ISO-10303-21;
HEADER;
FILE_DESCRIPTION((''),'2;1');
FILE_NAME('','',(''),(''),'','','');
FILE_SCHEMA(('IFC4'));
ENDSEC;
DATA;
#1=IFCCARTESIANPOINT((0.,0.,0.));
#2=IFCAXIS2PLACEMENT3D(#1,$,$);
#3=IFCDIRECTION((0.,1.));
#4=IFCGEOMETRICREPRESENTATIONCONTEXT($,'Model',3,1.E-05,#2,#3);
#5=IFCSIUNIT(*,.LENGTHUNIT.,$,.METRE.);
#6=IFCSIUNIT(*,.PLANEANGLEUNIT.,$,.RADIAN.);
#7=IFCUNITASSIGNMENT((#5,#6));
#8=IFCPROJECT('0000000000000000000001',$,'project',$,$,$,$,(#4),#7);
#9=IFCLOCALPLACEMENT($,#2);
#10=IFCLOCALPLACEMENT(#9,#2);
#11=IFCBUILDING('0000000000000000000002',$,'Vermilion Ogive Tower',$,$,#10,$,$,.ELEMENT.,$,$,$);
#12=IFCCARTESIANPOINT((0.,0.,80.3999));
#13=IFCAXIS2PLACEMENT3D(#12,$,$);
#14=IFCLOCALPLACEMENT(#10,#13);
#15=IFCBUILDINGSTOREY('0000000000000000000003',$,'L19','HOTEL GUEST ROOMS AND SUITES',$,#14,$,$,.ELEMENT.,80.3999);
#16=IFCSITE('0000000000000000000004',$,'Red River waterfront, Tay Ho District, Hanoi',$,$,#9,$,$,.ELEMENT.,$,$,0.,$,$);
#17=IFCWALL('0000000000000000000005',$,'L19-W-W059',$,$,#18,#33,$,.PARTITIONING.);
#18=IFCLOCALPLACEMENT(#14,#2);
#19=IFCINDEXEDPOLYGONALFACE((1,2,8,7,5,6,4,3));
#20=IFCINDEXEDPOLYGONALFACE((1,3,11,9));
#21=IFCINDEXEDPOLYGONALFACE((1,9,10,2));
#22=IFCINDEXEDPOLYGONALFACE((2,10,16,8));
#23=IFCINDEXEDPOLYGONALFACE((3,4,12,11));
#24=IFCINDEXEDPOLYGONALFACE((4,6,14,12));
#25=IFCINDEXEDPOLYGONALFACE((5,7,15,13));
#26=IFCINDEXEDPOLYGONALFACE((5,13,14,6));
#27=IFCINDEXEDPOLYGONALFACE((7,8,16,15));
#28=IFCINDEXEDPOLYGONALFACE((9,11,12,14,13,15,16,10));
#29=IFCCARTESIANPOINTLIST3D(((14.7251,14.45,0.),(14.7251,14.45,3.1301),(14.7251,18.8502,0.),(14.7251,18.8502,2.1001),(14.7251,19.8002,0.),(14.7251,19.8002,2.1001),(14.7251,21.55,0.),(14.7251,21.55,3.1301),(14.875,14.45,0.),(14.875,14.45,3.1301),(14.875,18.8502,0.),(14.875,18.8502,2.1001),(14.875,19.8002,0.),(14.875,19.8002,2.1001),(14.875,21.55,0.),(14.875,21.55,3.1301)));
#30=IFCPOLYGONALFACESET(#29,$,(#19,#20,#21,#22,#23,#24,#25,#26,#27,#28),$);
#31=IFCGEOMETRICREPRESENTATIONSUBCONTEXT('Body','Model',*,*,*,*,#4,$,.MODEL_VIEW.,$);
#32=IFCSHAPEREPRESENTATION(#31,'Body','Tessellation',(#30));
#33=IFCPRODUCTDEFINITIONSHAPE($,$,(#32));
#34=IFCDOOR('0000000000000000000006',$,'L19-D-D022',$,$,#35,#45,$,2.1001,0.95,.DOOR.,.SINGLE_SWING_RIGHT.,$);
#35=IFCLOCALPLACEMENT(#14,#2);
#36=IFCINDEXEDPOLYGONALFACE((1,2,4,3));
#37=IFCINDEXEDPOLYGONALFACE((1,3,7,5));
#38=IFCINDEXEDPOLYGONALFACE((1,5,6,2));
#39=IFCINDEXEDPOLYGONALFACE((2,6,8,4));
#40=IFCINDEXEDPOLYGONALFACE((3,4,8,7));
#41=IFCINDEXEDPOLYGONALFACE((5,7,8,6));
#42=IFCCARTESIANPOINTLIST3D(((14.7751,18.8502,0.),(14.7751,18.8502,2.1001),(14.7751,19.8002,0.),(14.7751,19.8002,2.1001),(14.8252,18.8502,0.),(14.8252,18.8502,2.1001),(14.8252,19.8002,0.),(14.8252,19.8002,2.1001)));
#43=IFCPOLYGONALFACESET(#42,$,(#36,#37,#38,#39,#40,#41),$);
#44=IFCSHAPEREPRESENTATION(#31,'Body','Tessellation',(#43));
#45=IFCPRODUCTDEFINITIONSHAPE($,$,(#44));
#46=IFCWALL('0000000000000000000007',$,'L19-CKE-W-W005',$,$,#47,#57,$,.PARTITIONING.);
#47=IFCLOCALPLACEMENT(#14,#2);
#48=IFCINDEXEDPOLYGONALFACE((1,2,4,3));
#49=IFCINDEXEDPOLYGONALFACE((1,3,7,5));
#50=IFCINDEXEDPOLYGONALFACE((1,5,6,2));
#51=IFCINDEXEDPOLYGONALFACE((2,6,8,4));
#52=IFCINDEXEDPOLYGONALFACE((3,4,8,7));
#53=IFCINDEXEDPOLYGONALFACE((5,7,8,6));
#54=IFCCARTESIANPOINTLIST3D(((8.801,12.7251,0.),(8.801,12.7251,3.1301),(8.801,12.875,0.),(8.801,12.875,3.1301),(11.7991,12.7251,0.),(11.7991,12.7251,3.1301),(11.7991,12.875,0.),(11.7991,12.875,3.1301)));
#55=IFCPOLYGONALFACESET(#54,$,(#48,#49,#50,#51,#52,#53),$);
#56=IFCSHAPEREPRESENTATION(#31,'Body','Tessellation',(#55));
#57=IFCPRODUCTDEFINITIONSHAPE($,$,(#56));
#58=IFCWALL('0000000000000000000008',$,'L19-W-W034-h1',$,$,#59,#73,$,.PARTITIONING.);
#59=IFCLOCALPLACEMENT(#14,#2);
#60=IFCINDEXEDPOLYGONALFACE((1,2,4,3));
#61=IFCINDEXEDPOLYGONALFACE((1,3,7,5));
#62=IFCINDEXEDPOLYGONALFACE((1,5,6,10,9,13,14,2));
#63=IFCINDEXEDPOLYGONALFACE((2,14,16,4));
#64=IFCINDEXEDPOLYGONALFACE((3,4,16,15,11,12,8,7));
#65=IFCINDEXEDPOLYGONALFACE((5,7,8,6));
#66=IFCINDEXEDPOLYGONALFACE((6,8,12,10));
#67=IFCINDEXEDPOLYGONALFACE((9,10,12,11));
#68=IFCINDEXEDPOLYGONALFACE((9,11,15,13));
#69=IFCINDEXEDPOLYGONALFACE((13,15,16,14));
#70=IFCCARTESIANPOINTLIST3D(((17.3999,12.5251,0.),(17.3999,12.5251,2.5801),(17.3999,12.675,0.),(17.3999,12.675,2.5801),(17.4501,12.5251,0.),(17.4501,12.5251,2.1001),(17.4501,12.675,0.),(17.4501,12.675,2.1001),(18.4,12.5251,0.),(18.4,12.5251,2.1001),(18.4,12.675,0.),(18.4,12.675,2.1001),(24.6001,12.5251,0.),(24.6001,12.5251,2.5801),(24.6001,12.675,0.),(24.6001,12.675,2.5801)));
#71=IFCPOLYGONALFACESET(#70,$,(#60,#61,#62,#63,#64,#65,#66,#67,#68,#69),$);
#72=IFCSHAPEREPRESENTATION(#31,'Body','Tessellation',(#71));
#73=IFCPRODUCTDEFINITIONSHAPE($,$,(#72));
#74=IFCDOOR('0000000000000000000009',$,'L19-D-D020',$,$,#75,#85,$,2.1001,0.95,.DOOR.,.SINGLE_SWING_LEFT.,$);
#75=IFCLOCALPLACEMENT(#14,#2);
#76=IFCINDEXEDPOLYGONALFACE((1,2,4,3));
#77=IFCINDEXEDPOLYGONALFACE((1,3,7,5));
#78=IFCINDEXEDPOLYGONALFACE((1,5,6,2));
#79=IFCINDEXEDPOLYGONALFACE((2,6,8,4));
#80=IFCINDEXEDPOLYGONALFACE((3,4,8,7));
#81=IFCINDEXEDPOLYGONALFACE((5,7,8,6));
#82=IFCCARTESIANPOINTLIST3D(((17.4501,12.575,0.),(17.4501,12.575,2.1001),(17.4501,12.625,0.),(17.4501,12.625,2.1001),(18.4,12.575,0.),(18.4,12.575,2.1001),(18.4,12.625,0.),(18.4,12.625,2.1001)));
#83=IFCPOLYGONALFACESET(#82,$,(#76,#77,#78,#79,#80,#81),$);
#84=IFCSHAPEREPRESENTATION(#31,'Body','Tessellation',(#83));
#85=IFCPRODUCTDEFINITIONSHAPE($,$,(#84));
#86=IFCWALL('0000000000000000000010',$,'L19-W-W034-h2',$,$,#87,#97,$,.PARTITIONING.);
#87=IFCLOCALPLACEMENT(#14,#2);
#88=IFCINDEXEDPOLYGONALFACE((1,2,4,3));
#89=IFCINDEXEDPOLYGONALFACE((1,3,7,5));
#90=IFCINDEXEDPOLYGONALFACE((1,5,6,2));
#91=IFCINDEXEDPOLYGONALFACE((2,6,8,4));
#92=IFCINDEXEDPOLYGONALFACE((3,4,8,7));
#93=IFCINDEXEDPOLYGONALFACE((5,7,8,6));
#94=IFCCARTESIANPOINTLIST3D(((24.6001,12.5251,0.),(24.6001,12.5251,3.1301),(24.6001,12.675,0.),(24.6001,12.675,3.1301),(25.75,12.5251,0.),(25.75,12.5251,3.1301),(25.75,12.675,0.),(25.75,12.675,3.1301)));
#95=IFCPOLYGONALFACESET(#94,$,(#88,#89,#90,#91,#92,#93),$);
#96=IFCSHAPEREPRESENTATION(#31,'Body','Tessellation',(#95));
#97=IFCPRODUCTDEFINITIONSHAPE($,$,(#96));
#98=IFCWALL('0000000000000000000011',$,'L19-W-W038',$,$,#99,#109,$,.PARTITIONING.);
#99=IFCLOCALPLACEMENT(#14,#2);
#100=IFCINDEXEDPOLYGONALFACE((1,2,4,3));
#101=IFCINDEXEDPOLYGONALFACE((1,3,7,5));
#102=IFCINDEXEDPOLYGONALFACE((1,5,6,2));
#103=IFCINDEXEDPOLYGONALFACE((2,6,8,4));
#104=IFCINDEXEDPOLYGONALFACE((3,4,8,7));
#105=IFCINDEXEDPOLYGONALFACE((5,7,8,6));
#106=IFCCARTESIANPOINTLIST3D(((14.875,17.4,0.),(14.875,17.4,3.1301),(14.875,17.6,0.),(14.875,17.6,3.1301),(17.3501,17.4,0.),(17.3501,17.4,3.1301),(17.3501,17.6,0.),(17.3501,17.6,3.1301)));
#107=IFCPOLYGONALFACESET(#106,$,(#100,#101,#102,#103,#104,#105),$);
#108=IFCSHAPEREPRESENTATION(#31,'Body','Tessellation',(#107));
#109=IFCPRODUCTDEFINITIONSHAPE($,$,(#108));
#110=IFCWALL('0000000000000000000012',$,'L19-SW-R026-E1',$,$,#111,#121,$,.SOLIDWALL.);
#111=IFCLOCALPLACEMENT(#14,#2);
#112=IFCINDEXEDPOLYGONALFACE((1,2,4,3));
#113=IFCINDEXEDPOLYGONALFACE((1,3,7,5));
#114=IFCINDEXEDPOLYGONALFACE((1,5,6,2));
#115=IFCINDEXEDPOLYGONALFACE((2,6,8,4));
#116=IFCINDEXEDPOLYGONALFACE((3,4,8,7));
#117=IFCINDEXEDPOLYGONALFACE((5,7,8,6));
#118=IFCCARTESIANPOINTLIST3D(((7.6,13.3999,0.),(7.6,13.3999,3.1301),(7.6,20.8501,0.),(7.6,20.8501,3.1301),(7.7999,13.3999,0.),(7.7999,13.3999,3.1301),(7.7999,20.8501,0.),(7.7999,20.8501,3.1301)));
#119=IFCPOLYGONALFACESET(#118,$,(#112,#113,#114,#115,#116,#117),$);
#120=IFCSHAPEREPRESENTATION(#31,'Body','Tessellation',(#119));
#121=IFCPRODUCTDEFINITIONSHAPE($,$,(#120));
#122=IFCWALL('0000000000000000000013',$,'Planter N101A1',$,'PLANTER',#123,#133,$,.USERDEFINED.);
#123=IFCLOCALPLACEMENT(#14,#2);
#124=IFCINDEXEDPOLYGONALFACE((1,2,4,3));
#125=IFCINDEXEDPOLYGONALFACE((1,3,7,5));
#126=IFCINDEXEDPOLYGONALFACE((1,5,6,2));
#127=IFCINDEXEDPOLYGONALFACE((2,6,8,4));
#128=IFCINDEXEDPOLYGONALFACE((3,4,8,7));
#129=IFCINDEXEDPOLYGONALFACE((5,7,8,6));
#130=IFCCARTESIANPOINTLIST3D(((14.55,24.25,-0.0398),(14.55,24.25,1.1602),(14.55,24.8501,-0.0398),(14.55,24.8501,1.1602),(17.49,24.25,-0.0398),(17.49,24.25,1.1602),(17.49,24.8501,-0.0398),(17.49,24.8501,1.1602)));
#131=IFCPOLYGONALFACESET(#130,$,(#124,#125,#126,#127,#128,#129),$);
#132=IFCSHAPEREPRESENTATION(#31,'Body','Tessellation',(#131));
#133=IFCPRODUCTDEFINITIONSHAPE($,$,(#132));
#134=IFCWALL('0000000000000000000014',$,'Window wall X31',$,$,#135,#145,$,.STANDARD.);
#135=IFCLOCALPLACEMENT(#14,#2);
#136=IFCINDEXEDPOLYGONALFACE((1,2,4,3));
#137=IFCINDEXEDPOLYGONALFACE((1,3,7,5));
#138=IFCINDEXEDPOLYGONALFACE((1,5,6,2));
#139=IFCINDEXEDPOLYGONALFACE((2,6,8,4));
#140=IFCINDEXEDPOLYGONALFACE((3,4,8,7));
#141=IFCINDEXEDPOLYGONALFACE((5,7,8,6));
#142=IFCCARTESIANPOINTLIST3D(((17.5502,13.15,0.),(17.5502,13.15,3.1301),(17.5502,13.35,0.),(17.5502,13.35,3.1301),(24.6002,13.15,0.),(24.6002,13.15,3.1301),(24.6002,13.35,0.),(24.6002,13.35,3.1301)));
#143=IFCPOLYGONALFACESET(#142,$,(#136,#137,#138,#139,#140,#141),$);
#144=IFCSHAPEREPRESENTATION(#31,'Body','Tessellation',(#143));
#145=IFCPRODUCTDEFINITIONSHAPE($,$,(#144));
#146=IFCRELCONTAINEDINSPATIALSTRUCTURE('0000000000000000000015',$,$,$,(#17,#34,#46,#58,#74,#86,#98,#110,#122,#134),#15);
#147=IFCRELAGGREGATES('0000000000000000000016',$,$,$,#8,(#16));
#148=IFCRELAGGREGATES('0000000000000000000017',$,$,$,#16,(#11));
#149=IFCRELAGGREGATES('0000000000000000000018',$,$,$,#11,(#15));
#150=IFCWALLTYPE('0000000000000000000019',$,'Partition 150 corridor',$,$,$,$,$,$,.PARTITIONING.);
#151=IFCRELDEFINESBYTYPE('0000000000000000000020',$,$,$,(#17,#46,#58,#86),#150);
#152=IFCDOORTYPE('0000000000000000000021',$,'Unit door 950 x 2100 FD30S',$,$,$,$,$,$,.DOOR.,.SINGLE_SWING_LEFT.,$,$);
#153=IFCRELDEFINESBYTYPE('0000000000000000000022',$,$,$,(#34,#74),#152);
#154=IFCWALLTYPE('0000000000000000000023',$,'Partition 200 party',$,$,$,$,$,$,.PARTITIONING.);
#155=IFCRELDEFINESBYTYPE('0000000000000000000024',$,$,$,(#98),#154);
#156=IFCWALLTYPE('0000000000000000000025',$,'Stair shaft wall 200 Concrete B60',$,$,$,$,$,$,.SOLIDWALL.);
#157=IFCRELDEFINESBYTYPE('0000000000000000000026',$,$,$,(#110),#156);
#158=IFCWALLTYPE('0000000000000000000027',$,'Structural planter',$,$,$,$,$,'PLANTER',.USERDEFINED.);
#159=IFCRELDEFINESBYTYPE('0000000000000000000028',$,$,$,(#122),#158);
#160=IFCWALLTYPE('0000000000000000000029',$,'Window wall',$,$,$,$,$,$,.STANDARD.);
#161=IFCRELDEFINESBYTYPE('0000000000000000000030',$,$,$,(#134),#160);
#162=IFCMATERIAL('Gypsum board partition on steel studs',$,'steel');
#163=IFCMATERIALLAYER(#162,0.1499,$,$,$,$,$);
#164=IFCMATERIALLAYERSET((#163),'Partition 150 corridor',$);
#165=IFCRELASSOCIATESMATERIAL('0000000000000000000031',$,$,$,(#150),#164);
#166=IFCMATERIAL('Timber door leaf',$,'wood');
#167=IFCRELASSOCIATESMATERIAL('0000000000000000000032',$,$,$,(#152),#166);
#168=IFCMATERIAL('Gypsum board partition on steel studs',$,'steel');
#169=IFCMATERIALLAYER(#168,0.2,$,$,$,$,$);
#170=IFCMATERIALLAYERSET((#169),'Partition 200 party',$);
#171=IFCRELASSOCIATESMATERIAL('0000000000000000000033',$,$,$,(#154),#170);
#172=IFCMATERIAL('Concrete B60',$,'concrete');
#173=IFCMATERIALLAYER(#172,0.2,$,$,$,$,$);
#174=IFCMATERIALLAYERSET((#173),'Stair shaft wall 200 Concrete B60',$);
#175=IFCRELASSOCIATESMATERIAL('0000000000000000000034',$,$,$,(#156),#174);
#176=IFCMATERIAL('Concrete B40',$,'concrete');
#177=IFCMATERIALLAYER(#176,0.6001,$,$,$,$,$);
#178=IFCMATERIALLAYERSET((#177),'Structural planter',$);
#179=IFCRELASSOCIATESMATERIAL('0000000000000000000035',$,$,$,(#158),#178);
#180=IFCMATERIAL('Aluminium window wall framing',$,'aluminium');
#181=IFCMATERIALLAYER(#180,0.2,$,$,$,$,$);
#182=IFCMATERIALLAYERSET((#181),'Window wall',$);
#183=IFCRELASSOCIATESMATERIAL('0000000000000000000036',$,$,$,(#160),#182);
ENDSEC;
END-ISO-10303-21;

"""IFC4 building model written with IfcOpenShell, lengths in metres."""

from ifc_helpers import new_model, si_unit, direction, frame, frame_2d, origin, place, context, subcontext, project, spatial, rectangle, extrude, material, layer, layer_set, type_object, element, fill, save


model = new_model("IFC4")

# Units and contexts
model_context = context("Model", 3, precision=1e-05, world=origin(), true_north=direction((0.0, 1.0)))
body_context = subcontext(model_context, "Body", "Model", "MODEL_VIEW")
ifc_project = project(units=[si_unit("LENGTHUNIT", "METRE"), si_unit("PLANEANGLEUNIT", "RADIAN")], contexts=[model_context])

# Site, building, storey
site_placement = place(None, origin())
site = spatial("IfcSite", under=ifc_project, at=site_placement, Name="Red River waterfront, Tay Ho District, Hanoi", CompositionType="ELEMENT", RefElevation=0.0)
building_placement = place(site_placement, origin())
building = spatial("IfcBuilding", under=site, at=building_placement, Name="Vermilion Ogive Tower", CompositionType="ELEMENT")
storey_placement = place(building_placement, frame((0.0, 0.0, 80.3999)))
storey = spatial("IfcBuildingStorey", under=building, at=storey_placement, Name="L19", Description="HOTEL GUEST ROOMS AND SUITES", CompositionType="ELEMENT", Elevation=80.3999)

# Shared definitions
ifc_material_1 = material(Name="Gypsum board partition on steel studs", Category="steel")
ifc_layer_1 = layer(ifc_material_1, 0.1499)
ifc_layer_set_1 = layer_set([ifc_layer_1], Name="Partition 150 corridor")
wall_type_1 = type_object("IfcWallType", Name="Partition 150 corridor", PredefinedType="PARTITIONING", material=ifc_layer_set_1)

# Wall, opening, door
wall_1_placement = place(storey_placement, frame((14.8, 14.45, 0.0), z_axis=(0.0, 0.0, 1.0), x_axis=(0.0, 1.0, 0.0)))
wall_1 = element("IfcWall", 1, at=wall_1_placement, inside=storey, type_object=wall_type_1, Name="L19-W-W059", PredefinedType="PARTITIONING", context=body_context, shape_type="SweptSolid", body=[
    extrude(rectangle(XDim=7.1001, YDim=0.1499, at=frame_2d((3.55, 0.0))), origin(), (0.0, 0.0, 1.0), 3.1301),
])
opening_1_placement = place(wall_1_placement, frame((4.4001, 0.0, 0.0)))
opening_1 = element("IfcOpeningElement", 2, at=opening_1_placement, cuts=wall_1, PredefinedType="OPENING", context=body_context, shape_type="SweptSolid", body=[
    extrude(rectangle(XDim=0.95, YDim=2.1001, at=frame_2d((0.4751, 1.05))), frame((0.0, 0.085, 0.0), z_axis=(0.0, -1.0, 0.0), x_axis=(1.0, 0.0, 0.0)), (0.0, 0.0, 1.0), 0.1699),
])
ifc_material_2 = material(Name="Timber door leaf", Category="wood")
door_type_1 = type_object("IfcDoorType", Name="Unit door 950 x 2100 FD30S", OperationType="SINGLE_SWING_LEFT", PredefinedType="DOOR", material=ifc_material_2)
door_1_placement = place(opening_1_placement, origin())
door_1 = element("IfcDoor", 3, at=door_1_placement, inside=storey, type_object=door_type_1, Name="L19-D-D022", OperationType="SINGLE_SWING_RIGHT", OverallHeight=2.1001, OverallWidth=0.95, PredefinedType="DOOR", context=body_context, shape_type="SweptSolid", body=[
    extrude(rectangle(XDim=0.95, YDim=2.1001, at=frame_2d((0.4751, 1.05))), frame((0.0, 0.0249, 0.0), z_axis=(0.0, -1.0, 0.0), x_axis=(1.0, 0.0, 0.0)), (0.0, 0.0, 1.0), 0.05),
])
fill(opening_1, door_1)

# Wall
wall_2_placement = place(storey_placement, frame((8.801, 12.8, 0.0), z_axis=(0.0, 0.0, 1.0), x_axis=(1.0, 0.0, 0.0)))
element("IfcWall", 4, at=wall_2_placement, inside=storey, type_object=wall_type_1, Name="L19-CKE-W-W005", PredefinedType="PARTITIONING", context=body_context, shape_type="SweptSolid", body=[
    extrude(rectangle(XDim=2.998, YDim=0.1499, at=frame_2d((1.499, 0.0))), origin(), (0.0, 0.0, 1.0), 3.1301),
])

# Wall, opening, door
wall_3_placement = place(storey_placement, frame((17.3999, 12.6001, 0.0), z_axis=(0.0, 0.0, 1.0), x_axis=(1.0, 0.0, 0.0)))
wall_3 = element("IfcWall", 5, at=wall_3_placement, inside=storey, type_object=wall_type_1, Name="L19-W-W034-h1", PredefinedType="PARTITIONING", context=body_context, shape_type="SweptSolid", body=[
    extrude(rectangle(XDim=7.2002, YDim=0.1499, at=frame_2d((3.6001, 0.0))), origin(), (0.0, 0.0, 1.0), 2.5801),
])
opening_2_placement = place(wall_3_placement, frame((0.05, 0.0, 0.0)))
opening_2 = element("IfcOpeningElement", 6, at=opening_2_placement, cuts=wall_3, PredefinedType="OPENING", context=body_context, shape_type="SweptSolid", body=[
    extrude(rectangle(XDim=0.95, YDim=2.1001, at=frame_2d((0.4751, 1.05))), frame((0.0, 0.085, 0.0), z_axis=(0.0, -1.0, 0.0), x_axis=(1.0, 0.0, 0.0)), (0.0, 0.0, 1.0), 0.1699),
])
door_2_placement = place(opening_2_placement, origin())
door_2 = element("IfcDoor", 7, at=door_2_placement, inside=storey, type_object=door_type_1, Name="L19-D-D020", OperationType="SINGLE_SWING_LEFT", OverallHeight=2.1001, OverallWidth=0.95, PredefinedType="DOOR", context=body_context, shape_type="SweptSolid", body=[
    extrude(rectangle(XDim=0.95, YDim=2.1001, at=frame_2d((0.4751, 1.05))), frame((0.0, 0.0249, 0.0), z_axis=(0.0, -1.0, 0.0), x_axis=(1.0, 0.0, 0.0)), (0.0, 0.0, 1.0), 0.05),
])
fill(opening_2, door_2)

# Walls
wall_4_placement = place(storey_placement, frame((24.6001, 12.6001, 0.0), z_axis=(0.0, 0.0, 1.0), x_axis=(1.0, 0.0, 0.0)))
element("IfcWall", 8, at=wall_4_placement, inside=storey, type_object=wall_type_1, Name="L19-W-W034-h2", PredefinedType="PARTITIONING", context=body_context, shape_type="SweptSolid", body=[
    extrude(rectangle(XDim=1.1499, YDim=0.1499, at=frame_2d((0.575, 0.0))), origin(), (0.0, 0.0, 1.0), 3.1301),
])
ifc_material_3 = material(Name="Gypsum board partition on steel studs", Category="steel")
ifc_layer_2 = layer(ifc_material_3, 0.2)
ifc_layer_set_2 = layer_set([ifc_layer_2], Name="Partition 200 party")
wall_type_2 = type_object("IfcWallType", Name="Partition 200 party", PredefinedType="PARTITIONING", material=ifc_layer_set_2)
wall_5_placement = place(storey_placement, frame((14.875, 17.5, 0.0), z_axis=(0.0, 0.0, 1.0), x_axis=(1.0, 0.0, 0.0)))
element("IfcWall", 9, at=wall_5_placement, inside=storey, type_object=wall_type_2, Name="L19-W-W038", PredefinedType="PARTITIONING", context=body_context, shape_type="SweptSolid", body=[
    extrude(rectangle(XDim=2.4751, YDim=0.2, at=frame_2d((1.2375, 0.0))), origin(), (0.0, 0.0, 1.0), 3.1301),
])
ifc_material_4 = material(Name="Concrete B60", Category="concrete")
ifc_layer_3 = layer(ifc_material_4, 0.2)
ifc_layer_set_3 = layer_set([ifc_layer_3], Name="Stair shaft wall 200 Concrete B60")
wall_type_3 = type_object("IfcWallType", Name="Stair shaft wall 200 Concrete B60", PredefinedType="SOLIDWALL", material=ifc_layer_set_3)
wall_6_placement = place(storey_placement, frame((7.7, 13.3999, 0.0), z_axis=(0.0, 0.0, 1.0), x_axis=(0.0, 1.0, 0.0)))
element("IfcWall", 10, at=wall_6_placement, inside=storey, type_object=wall_type_3, Name="L19-SW-R026-E1", PredefinedType="SOLIDWALL", context=body_context, shape_type="SweptSolid", body=[
    extrude(rectangle(XDim=7.4502, YDim=0.2, at=frame_2d((3.7251, 0.0))), origin(), (0.0, 0.0, 1.0), 3.1301),
])
ifc_material_5 = material(Name="Concrete B40", Category="concrete")
ifc_layer_4 = layer(ifc_material_5, 0.6001)
ifc_layer_set_4 = layer_set([ifc_layer_4], Name="Structural planter")
wall_type_4 = type_object("IfcWallType", Name="Structural planter", ElementType="PLANTER", PredefinedType="USERDEFINED", material=ifc_layer_set_4)
wall_7_placement = place(storey_placement, frame((17.49, 24.55, -0.0398), z_axis=(0.0, 0.0, 1.0), x_axis=(-1.0, 0.0, 0.0)))
element("IfcWall", 11, at=wall_7_placement, inside=storey, type_object=wall_type_4, Name="Planter N101A1", ObjectType="PLANTER", PredefinedType="USERDEFINED", context=body_context, shape_type="SweptSolid", body=[
    extrude(rectangle(XDim=2.9399, YDim=0.6001, at=frame_2d((1.47, 0.0))), origin(), (0.0, 0.0, 1.0), 1.2),
])
ifc_material_6 = material(Name="Aluminium window wall framing", Category="aluminium")
ifc_layer_5 = layer(ifc_material_6, 0.2)
ifc_layer_set_5 = layer_set([ifc_layer_5], Name="Window wall")
wall_type_5 = type_object("IfcWallType", Name="Window wall", PredefinedType="STANDARD", material=ifc_layer_set_5)
wall_8_placement = place(storey_placement, frame((24.6001, 13.25, 0.0), z_axis=(0.0, 0.0, 1.0), x_axis=(-1.0, 0.0, 0.0)))
element("IfcWall", 12, at=wall_8_placement, inside=storey, type_object=wall_type_5, Name="Window wall X31", PredefinedType="STANDARD", context=body_context, shape_type="SweptSolid", body=[
    extrude(rectangle(XDim=7.05, YDim=0.2, at=frame_2d((3.5249, 0.0))), origin(), (0.0, 0.0, 1.0), 3.1301),
])

save(model, "model.ifc")
